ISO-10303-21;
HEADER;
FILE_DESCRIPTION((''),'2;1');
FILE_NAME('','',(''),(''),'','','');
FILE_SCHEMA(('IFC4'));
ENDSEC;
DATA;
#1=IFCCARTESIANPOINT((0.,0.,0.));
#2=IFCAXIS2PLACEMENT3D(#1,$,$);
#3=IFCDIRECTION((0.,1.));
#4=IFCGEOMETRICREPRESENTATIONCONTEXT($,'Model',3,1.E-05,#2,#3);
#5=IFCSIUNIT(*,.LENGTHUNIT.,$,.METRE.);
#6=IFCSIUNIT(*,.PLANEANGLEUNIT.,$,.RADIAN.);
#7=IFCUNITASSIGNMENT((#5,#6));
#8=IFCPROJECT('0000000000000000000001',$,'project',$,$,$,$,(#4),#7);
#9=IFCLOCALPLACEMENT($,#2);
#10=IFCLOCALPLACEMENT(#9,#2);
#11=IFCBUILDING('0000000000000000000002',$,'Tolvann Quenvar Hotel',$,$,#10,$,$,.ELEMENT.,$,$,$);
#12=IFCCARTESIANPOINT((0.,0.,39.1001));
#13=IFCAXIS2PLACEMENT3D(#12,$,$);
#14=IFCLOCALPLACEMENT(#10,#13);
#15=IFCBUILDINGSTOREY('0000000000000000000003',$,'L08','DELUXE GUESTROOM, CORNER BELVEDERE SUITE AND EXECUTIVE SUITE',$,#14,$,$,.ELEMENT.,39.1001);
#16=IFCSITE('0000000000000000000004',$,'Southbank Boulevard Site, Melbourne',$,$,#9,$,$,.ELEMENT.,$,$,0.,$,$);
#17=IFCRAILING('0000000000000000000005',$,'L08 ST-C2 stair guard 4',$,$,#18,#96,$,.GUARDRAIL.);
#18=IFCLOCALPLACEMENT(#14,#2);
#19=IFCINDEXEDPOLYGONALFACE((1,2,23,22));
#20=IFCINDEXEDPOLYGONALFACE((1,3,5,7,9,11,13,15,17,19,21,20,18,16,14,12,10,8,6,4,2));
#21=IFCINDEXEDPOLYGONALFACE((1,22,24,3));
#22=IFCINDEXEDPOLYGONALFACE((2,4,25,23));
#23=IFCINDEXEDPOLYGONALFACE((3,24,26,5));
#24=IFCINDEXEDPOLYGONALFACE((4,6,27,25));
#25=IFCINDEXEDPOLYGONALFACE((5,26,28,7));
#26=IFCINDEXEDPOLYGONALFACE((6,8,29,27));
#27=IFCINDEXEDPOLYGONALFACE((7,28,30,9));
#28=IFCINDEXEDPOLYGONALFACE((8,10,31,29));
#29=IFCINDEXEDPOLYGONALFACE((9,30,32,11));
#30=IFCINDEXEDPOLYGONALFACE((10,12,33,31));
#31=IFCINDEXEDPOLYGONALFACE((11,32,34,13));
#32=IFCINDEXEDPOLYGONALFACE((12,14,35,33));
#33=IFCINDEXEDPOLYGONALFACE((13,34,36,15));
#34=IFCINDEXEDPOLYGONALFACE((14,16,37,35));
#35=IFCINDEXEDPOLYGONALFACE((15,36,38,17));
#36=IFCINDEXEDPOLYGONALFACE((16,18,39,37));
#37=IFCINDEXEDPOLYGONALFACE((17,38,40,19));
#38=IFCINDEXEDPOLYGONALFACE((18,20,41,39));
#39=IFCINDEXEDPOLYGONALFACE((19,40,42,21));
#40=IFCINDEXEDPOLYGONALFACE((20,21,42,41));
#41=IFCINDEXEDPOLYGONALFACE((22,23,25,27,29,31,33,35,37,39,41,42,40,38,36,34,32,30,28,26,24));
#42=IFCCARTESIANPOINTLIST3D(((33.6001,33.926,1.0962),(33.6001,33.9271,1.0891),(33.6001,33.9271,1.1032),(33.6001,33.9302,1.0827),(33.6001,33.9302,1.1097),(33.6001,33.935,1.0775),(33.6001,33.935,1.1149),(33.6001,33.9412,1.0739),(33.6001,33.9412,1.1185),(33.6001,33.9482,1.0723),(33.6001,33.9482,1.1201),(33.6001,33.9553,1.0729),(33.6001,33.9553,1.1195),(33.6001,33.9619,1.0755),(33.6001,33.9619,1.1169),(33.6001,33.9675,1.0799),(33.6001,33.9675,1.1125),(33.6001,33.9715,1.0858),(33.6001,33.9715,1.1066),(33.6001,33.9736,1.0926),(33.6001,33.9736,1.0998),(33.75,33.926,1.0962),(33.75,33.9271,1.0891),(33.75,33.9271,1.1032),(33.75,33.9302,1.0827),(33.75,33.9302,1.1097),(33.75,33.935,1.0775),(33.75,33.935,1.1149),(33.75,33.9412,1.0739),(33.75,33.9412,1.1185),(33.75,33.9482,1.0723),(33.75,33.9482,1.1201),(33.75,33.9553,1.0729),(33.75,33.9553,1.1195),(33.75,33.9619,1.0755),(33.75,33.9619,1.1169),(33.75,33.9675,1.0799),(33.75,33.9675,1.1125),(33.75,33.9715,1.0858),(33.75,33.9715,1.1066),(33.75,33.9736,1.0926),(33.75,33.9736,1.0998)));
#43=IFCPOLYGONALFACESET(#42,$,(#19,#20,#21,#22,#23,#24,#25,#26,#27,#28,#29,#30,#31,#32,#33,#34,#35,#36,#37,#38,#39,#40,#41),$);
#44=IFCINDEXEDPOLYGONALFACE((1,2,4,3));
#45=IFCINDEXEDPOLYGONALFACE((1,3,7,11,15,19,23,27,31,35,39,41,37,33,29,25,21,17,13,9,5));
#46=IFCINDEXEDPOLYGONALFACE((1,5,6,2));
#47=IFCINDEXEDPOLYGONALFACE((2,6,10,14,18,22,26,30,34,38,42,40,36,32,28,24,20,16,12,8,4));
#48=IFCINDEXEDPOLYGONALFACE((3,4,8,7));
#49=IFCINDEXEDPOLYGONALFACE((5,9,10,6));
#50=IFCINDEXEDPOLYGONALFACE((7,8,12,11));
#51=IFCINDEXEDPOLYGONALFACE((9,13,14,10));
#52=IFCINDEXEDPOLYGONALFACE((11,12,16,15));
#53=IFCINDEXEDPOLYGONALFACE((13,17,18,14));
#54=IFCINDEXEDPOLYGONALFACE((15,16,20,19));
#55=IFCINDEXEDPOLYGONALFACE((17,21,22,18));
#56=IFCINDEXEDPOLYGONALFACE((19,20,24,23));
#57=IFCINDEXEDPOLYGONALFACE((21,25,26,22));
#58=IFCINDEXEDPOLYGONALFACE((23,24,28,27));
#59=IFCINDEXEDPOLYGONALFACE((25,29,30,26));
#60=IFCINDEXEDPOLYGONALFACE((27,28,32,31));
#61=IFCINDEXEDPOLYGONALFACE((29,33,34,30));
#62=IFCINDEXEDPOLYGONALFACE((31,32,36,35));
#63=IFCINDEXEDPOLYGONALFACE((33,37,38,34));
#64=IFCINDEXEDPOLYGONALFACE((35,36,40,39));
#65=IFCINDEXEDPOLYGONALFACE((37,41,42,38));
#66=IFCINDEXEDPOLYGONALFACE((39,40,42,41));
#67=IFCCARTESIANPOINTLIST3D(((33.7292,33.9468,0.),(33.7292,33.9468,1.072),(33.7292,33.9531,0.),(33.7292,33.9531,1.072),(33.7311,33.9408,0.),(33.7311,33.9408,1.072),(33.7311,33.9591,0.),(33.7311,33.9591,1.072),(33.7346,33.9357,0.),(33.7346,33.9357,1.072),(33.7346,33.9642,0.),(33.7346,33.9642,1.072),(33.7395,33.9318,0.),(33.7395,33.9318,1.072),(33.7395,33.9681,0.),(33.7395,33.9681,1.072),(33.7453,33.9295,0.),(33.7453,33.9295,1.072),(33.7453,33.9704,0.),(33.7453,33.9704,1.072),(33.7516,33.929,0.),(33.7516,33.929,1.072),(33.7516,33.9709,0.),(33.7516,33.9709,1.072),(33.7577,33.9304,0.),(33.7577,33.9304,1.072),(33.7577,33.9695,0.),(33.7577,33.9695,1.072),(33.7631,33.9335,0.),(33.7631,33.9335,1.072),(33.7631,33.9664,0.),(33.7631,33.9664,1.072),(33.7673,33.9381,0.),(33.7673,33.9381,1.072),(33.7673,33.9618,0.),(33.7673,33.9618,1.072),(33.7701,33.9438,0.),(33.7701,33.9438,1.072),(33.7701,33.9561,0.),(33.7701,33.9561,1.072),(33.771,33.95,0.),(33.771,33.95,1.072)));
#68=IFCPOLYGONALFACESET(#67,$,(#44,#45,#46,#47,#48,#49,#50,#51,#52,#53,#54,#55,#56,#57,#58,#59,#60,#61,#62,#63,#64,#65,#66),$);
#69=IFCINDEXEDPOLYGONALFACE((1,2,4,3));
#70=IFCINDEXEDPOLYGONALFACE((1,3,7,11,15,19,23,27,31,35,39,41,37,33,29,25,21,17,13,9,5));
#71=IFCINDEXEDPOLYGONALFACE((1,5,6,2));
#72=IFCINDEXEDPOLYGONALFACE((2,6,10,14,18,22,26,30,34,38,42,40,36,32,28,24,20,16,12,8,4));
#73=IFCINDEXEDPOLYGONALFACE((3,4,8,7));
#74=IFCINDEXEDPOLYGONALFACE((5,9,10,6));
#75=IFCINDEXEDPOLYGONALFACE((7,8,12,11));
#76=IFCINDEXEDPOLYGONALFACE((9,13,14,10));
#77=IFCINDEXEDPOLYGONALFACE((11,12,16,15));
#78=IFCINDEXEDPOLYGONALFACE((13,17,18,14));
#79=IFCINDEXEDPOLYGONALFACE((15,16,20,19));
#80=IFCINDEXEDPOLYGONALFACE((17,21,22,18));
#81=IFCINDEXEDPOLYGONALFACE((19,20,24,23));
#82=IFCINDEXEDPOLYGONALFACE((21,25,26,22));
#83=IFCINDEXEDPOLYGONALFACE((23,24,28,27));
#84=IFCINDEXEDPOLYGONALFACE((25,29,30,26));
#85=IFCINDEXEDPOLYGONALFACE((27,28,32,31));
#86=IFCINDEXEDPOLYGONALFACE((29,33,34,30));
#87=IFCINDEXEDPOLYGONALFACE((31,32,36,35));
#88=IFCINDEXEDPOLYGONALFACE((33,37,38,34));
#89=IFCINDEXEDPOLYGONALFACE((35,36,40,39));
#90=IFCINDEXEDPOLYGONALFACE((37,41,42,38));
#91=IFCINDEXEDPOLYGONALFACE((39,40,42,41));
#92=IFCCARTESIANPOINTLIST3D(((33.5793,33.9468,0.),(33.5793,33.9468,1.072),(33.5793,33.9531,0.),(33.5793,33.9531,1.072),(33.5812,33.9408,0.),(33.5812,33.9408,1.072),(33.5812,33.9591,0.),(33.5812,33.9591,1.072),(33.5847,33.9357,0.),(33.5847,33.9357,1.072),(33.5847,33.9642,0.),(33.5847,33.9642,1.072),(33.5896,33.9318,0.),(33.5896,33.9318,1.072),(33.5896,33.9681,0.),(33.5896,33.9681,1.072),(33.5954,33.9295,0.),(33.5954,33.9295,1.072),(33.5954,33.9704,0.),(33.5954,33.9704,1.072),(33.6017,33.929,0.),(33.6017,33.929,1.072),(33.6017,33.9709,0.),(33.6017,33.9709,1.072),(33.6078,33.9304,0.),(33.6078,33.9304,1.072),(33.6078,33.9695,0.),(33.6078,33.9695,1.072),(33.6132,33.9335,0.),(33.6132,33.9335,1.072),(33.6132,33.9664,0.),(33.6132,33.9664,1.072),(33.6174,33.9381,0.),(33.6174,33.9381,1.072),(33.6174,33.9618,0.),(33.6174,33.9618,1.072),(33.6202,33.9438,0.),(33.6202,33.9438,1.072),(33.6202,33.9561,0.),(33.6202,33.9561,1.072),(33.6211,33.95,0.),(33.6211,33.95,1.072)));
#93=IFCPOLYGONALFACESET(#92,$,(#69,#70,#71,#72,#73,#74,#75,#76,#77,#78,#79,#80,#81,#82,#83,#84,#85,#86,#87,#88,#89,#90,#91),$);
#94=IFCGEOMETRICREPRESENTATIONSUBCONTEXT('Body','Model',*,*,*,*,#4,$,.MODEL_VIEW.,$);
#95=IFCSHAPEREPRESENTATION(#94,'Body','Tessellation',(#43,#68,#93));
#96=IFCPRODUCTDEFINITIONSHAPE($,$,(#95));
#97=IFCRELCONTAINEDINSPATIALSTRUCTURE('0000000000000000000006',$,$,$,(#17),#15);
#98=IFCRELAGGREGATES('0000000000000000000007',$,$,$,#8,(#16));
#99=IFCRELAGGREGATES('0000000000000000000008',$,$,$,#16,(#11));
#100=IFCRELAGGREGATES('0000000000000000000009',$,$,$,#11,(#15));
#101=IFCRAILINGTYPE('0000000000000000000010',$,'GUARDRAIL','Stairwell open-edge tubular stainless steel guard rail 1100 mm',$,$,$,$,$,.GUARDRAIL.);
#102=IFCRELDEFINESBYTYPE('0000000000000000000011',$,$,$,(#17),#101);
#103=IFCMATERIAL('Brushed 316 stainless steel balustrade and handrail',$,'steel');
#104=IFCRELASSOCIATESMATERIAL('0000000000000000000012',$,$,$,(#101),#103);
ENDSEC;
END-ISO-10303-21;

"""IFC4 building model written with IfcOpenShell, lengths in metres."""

from ifc_helpers import new_model, si_unit, direction, frame, origin, origin_2d, place, context, subcontext, project, spatial, circle, extrude, material, type_object, element, save


model = new_model("IFC4")

# Units and contexts
model_context = context("Model", 3, precision=1e-05, world=origin(), true_north=direction((0.0, 1.0)))
body_context = subcontext(model_context, "Body", "Model", "MODEL_VIEW")
ifc_project = project(units=[si_unit("LENGTHUNIT", "METRE"), si_unit("PLANEANGLEUNIT", "RADIAN")], contexts=[model_context])

# Site, building, storey
site_placement = place(None, origin())
site = spatial("IfcSite", under=ifc_project, at=site_placement, Name="Southbank Boulevard Site, Melbourne", CompositionType="ELEMENT", RefElevation=0.0)
building_placement = place(site_placement, origin())
building = spatial("IfcBuilding", under=site, at=building_placement, Name="Tolvann Quenvar Hotel", CompositionType="ELEMENT")
storey_placement = place(building_placement, frame((0.0, 0.0, 39.1001)))
storey = spatial("IfcBuildingStorey", under=building, at=storey_placement, Name="L08", Description="DELUXE GUESTROOM, CORNER BELVEDERE SUITE AND EXECUTIVE SUITE", CompositionType="ELEMENT", Elevation=39.1001)

# Railing
ifc_material_1 = material(Name="Brushed 316 stainless steel balustrade and handrail", Category="steel")
railing_type_1 = type_object("IfcRailingType", Name="GUARDRAIL", Description="Stairwell open-edge tubular stainless steel guard rail 1100 mm", PredefinedType="GUARDRAIL", material=ifc_material_1)
railing_1_placement = place(storey_placement, frame((33.75, 33.95, 0.0)))
element("IfcRailing", 1, at=railing_1_placement, inside=storey, type_object=railing_type_1, Name="L08 ST-C2 stair guard 4", PredefinedType="GUARDRAIL", context=body_context, shape_type="SweptSolid", body=[
    extrude(circle(Radius=0.0239, at=origin_2d()), frame((0.0, 0.0, 1.0962), z_axis=(-1.0, 0.0, 0.0), x_axis=(0.0, -1.0, 0.0)), (0.0, 0.0, 1.0), 0.1499),
    extrude(circle(Radius=0.021, at=origin_2d()), origin(), (0.0, 0.0, 1.0), 1.072),
    extrude(circle(Radius=0.021, at=origin_2d()), frame((-0.1499, 0.0, 0.0)), (0.0, 0.0, 1.0), 1.072),
])

save(model, "model.ifc")
